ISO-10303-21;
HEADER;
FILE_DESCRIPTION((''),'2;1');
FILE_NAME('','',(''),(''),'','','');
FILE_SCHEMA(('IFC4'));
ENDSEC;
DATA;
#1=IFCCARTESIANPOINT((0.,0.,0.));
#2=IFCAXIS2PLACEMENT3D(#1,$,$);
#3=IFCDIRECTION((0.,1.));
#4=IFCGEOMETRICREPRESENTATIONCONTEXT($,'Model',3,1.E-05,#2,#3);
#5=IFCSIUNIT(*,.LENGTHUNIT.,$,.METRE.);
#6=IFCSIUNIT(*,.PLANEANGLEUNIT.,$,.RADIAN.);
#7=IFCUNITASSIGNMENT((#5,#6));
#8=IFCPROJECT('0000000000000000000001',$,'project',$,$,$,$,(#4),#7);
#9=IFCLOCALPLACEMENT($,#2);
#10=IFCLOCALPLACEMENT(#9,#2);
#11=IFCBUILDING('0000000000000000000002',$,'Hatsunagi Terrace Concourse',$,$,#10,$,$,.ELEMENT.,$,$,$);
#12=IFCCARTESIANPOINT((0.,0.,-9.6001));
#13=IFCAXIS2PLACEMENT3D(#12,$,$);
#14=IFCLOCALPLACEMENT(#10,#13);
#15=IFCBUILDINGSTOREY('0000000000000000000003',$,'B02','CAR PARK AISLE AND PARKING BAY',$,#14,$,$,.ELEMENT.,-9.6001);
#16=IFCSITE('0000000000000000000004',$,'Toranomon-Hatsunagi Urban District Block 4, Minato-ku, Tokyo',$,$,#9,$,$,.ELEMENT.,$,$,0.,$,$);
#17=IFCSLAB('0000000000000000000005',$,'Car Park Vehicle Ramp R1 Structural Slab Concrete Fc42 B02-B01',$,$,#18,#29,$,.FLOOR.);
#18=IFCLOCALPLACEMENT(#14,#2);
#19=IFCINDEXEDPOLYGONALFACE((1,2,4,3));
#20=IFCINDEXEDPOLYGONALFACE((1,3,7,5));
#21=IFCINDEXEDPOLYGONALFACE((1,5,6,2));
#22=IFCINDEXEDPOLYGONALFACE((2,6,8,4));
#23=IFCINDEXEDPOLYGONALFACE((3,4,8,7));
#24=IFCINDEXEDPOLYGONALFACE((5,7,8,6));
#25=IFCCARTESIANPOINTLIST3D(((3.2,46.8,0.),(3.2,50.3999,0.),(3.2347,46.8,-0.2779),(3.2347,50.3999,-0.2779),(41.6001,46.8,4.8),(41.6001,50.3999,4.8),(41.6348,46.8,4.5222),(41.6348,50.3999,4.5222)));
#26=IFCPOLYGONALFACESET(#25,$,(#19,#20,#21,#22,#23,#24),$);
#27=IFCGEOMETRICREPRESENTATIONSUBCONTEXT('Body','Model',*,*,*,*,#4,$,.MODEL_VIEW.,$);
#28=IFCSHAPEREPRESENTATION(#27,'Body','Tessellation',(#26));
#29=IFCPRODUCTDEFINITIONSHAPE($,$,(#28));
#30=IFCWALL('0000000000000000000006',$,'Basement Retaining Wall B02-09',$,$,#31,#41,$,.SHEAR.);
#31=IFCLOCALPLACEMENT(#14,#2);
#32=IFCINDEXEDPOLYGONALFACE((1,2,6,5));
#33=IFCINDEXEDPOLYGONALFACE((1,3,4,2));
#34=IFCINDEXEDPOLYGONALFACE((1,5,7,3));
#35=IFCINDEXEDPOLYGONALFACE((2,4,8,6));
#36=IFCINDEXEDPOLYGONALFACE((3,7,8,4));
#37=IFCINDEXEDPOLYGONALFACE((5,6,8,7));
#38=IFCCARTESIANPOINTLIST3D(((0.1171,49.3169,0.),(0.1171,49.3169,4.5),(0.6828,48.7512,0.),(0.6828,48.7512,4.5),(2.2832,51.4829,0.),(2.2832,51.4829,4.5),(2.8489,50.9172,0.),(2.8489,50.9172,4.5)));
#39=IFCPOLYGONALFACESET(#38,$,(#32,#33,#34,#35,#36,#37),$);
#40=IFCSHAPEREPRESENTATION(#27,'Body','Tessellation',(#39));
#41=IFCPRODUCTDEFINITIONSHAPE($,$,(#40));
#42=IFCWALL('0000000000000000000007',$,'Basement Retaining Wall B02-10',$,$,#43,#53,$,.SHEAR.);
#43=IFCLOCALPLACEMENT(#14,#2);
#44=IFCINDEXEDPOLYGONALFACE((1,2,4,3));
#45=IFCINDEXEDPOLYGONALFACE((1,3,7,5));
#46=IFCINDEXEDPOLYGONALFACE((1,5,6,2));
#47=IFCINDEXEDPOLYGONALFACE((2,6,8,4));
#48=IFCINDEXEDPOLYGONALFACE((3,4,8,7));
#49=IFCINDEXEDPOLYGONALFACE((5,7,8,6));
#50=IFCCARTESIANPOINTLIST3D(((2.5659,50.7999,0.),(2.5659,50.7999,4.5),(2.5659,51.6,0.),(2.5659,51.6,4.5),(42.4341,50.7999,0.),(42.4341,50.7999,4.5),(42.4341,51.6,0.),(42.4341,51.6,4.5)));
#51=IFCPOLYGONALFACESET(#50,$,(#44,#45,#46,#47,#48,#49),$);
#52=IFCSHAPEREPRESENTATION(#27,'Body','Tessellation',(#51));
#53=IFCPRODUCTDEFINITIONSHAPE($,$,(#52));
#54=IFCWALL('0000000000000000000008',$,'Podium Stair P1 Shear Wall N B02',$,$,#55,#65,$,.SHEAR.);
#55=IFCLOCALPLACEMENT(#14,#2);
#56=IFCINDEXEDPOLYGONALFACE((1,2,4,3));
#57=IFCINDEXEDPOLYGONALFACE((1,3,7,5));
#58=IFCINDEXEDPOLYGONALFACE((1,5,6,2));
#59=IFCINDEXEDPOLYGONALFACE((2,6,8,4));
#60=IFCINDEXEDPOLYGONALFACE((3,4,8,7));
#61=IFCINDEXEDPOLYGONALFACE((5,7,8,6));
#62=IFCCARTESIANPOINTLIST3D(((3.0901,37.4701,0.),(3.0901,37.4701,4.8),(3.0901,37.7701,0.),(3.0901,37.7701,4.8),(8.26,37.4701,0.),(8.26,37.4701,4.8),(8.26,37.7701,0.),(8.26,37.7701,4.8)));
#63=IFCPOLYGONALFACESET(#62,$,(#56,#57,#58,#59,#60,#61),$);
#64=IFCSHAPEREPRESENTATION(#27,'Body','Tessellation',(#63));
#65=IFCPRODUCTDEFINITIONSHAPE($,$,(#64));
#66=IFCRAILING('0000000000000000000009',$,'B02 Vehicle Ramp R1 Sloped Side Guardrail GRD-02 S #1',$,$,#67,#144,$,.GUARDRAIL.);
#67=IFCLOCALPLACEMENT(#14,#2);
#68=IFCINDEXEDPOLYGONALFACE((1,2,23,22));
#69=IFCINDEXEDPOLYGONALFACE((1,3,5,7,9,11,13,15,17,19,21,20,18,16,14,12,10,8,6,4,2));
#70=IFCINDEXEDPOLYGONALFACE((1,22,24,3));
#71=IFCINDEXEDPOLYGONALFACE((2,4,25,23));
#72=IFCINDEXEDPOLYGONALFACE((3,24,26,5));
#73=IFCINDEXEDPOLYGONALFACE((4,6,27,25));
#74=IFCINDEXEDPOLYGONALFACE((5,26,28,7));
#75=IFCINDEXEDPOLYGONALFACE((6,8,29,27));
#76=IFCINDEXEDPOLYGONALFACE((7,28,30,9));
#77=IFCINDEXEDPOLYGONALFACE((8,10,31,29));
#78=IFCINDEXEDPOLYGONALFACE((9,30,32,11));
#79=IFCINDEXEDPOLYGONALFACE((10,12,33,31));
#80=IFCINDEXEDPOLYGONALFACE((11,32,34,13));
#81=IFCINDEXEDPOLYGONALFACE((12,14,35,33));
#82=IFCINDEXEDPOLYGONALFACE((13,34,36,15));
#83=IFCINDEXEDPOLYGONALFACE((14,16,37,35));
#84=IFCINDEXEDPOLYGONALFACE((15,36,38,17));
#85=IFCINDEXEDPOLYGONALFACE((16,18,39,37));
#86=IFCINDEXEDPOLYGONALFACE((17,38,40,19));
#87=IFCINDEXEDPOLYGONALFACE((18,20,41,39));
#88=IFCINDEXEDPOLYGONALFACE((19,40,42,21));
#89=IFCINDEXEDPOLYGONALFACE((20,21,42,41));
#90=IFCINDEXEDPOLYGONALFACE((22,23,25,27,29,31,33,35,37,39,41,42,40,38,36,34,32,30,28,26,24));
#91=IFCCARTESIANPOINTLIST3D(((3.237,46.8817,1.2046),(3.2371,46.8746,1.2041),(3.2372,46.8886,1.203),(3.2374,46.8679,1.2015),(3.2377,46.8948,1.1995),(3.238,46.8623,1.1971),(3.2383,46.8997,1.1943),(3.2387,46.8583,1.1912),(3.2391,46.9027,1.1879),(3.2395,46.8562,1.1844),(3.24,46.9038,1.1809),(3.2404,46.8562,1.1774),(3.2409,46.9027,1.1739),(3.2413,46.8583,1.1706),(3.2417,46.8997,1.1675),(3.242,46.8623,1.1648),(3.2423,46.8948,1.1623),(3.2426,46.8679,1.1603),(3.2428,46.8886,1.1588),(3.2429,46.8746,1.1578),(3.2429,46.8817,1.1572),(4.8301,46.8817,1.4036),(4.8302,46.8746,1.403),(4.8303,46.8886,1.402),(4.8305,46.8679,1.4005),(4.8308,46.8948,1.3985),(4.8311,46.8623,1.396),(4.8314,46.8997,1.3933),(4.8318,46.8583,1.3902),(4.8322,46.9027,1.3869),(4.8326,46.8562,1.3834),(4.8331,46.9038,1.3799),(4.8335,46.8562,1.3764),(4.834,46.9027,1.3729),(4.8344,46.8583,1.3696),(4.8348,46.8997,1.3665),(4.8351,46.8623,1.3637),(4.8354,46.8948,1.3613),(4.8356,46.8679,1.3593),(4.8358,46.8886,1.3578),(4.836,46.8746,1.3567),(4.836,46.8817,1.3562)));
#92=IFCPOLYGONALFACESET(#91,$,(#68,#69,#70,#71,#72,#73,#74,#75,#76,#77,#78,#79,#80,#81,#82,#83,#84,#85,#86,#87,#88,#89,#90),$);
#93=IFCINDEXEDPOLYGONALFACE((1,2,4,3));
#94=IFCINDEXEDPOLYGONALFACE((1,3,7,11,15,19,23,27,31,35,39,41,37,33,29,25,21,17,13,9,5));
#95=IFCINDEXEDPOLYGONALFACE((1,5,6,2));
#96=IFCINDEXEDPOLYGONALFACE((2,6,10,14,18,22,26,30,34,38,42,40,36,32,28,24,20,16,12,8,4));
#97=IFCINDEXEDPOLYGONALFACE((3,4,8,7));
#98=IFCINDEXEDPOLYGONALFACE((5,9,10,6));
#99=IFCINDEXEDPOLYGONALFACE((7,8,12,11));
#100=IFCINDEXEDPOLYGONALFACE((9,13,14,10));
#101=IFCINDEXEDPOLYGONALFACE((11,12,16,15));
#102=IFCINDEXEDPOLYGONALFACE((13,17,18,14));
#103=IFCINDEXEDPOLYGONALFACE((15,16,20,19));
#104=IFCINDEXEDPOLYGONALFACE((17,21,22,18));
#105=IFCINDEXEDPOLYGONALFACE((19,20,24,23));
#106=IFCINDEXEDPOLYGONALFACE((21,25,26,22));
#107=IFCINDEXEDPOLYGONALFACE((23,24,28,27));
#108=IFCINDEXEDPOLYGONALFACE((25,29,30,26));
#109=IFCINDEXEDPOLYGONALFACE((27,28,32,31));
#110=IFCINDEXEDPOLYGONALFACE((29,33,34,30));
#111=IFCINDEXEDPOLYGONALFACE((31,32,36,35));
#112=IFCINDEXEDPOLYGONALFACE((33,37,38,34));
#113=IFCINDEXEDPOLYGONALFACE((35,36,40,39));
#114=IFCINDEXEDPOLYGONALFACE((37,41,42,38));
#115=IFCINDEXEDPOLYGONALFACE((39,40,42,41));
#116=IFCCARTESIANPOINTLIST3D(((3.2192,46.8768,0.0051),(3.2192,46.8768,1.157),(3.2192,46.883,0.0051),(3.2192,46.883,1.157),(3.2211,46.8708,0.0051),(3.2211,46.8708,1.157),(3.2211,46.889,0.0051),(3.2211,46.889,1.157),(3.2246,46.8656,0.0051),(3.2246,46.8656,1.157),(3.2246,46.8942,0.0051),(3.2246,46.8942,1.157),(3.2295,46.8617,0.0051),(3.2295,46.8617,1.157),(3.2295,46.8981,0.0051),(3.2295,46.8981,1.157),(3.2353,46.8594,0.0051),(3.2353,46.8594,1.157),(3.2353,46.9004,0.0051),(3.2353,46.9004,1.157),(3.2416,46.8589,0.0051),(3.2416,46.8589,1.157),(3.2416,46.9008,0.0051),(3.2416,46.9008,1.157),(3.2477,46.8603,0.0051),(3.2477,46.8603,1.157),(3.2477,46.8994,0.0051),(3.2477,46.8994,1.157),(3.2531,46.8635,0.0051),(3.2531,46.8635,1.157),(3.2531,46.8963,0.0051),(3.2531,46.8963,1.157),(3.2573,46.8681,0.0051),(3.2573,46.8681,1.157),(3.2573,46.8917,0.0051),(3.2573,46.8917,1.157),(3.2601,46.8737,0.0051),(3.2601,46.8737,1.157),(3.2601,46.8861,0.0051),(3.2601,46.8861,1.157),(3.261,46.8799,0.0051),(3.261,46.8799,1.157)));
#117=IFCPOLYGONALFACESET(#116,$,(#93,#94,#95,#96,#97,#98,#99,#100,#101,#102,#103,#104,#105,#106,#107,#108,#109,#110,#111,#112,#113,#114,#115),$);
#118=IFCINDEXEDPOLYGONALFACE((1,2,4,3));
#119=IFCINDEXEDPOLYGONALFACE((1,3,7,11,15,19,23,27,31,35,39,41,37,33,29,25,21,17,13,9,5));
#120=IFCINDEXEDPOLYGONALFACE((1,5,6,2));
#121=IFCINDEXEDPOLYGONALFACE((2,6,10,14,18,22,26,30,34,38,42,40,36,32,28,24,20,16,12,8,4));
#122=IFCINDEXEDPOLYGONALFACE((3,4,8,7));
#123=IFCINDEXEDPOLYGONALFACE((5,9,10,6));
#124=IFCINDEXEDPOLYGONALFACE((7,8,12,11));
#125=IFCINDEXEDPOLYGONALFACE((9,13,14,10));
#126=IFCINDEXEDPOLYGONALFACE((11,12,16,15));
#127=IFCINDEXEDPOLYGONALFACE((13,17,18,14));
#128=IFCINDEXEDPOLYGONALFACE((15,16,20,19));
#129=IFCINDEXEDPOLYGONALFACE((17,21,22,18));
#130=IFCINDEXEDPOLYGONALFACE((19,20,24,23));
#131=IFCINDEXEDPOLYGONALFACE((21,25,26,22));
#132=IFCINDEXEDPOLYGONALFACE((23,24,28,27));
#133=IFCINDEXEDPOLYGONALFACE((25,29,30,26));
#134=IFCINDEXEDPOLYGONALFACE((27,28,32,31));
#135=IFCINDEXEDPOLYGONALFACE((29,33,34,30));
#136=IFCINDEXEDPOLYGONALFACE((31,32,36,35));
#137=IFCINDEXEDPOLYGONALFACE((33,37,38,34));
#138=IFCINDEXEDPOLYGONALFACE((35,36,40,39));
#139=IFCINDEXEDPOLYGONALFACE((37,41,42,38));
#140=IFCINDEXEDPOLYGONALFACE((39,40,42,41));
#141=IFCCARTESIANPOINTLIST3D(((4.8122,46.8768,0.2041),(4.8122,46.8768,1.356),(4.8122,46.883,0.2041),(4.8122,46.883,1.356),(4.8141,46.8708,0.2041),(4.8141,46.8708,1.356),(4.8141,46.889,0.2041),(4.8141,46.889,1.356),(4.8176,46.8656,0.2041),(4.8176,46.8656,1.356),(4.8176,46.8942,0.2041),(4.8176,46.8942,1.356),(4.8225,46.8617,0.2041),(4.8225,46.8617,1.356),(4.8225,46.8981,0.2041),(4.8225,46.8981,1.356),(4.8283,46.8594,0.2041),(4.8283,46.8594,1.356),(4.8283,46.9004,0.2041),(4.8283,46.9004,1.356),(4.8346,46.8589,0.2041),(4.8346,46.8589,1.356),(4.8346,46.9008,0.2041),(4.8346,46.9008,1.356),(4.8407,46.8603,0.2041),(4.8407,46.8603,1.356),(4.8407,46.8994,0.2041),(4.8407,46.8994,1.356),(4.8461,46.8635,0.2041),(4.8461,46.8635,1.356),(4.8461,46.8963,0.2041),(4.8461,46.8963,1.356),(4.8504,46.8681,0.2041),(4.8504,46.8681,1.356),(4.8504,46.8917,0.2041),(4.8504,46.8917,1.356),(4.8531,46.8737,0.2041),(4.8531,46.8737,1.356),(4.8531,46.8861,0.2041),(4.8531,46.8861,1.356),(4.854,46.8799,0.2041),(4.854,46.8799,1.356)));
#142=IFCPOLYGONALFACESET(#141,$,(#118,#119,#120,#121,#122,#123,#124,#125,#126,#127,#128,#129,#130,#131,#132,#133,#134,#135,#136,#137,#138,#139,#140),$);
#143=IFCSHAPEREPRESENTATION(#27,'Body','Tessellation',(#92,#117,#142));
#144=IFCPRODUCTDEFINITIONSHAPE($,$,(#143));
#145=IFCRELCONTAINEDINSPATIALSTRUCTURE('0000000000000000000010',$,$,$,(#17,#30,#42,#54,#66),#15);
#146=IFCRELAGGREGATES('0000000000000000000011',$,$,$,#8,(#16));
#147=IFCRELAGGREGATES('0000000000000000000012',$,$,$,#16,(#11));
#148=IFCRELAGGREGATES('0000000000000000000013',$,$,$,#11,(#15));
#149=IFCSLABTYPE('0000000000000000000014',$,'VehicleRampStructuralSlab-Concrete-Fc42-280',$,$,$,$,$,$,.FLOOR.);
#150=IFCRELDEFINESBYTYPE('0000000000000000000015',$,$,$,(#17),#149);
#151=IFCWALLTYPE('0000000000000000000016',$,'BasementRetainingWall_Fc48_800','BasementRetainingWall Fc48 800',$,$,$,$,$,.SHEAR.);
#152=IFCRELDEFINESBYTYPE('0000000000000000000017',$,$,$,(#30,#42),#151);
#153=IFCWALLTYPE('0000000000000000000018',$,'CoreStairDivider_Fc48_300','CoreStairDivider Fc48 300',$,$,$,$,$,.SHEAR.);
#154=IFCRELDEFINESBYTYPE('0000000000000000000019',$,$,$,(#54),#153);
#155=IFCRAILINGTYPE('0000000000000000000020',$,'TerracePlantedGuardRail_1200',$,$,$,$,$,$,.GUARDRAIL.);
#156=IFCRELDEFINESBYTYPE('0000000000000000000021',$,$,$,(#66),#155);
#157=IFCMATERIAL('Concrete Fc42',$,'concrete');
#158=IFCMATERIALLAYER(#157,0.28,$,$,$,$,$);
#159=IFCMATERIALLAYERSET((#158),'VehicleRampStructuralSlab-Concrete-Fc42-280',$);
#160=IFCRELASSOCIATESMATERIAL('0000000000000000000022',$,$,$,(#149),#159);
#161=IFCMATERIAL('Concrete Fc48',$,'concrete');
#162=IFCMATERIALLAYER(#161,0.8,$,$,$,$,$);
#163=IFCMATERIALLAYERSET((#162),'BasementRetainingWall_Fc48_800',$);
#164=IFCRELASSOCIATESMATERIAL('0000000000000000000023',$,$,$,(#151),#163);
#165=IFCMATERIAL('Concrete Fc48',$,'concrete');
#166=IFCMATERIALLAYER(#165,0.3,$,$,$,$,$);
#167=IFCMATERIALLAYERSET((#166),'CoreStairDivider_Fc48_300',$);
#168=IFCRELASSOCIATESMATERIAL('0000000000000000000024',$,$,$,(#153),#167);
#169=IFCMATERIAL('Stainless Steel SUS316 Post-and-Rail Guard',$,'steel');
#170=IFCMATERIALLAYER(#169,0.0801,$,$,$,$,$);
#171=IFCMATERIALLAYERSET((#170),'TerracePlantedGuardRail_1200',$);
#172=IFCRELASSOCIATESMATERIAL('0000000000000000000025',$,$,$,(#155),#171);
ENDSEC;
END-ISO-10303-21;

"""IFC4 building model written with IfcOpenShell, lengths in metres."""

from ifc_helpers import new_model, si_unit, direction, frame, frame_2d, origin, origin_2d, place, context, subcontext, project, spatial, polyline, rectangle, circle, outline, extrude, material, layer, layer_set, type_object, element, save


model = new_model("IFC4")

# Units and contexts
model_context = context("Model", 3, precision=1e-05, world=origin(), true_north=direction((0.0, 1.0)))
body_context = subcontext(model_context, "Body", "Model", "MODEL_VIEW")
ifc_project = project(units=[si_unit("LENGTHUNIT", "METRE"), si_unit("PLANEANGLEUNIT", "RADIAN")], contexts=[model_context])

# Site, building, storey
site_placement = place(None, origin())
site = spatial("IfcSite", under=ifc_project, at=site_placement, Name="Toranomon-Hatsunagi Urban District Block 4, Minato-ku, Tokyo", CompositionType="ELEMENT", RefElevation=0.0)
building_placement = place(site_placement, origin())
building = spatial("IfcBuilding", under=site, at=building_placement, Name="Hatsunagi Terrace Concourse", CompositionType="ELEMENT")
storey_placement = place(building_placement, frame((0.0, 0.0, -9.6001)))
storey = spatial("IfcBuildingStorey", under=building, at=storey_placement, Name="B02", Description="CAR PARK AISLE AND PARKING BAY", CompositionType="ELEMENT", Elevation=-9.6001)

# Slab
ifc_material_1 = material(Name="Concrete Fc42", Category="concrete")
ifc_layer_1 = layer(ifc_material_1, 0.28)
ifc_layer_set_1 = layer_set([ifc_layer_1], Name="VehicleRampStructuralSlab-Concrete-Fc42-280")
slab_type = type_object("IfcSlabType", Name="VehicleRampStructuralSlab-Concrete-Fc42-280", PredefinedType="FLOOR", material=ifc_layer_set_1)
slab_placement = place(storey_placement, frame((3.2, 46.8, 0.0), z_axis=(-0.124036, 0.0, 0.992278), x_axis=(0.992278, 0.0, 0.124036)))
element("IfcSlab", 1, at=slab_placement, inside=storey, type_object=slab_type, Name="Car Park Vehicle Ramp R1 Structural Slab Concrete Fc42 B02-B01", PredefinedType="FLOOR", context=body_context, shape_type="SweptSolid", body=[
    extrude(outline(polyline([(0.0, 0.0), (38.699, 0.0), (38.699, 3.5999), (0.0, 3.5999), (0.0, 0.0)])), origin(), (0.0, 0.0, -1.0), 0.28),
])

# Walls
ifc_material_2 = material(Name="Concrete Fc48", Category="concrete")
ifc_layer_2 = layer(ifc_material_2, 0.8)
ifc_layer_set_2 = layer_set([ifc_layer_2], Name="BasementRetainingWall_Fc48_800")
wall_type_1 = type_object("IfcWallType", Name="BasementRetainingWall_Fc48_800", Description="BasementRetainingWall Fc48 800", PredefinedType="SHEAR", material=ifc_layer_set_2)
wall_1_placement = place(storey_placement, frame((0.3999, 49.0339, 0.0), z_axis=(0.0, 0.0, 1.0), x_axis=(0.707107, 0.707107, 0.0)))
element("IfcWall", 2, at=wall_1_placement, inside=storey, type_object=wall_type_1, Name="Basement Retaining Wall B02-09", PredefinedType="SHEAR", context=body_context, shape_type="SweptSolid", body=[
    extrude(rectangle(XDim=3.0632, YDim=0.8, at=frame_2d((1.5317, 0.0))), origin(), (0.0, 0.0, 1.0), 4.5),
])
wall_2_placement = place(storey_placement, frame((2.5659, 51.2, 0.0), z_axis=(0.0, 0.0, 1.0), x_axis=(1.0, 0.0, 0.0)))
element("IfcWall", 3, at=wall_2_placement, inside=storey, type_object=wall_type_1, Name="Basement Retaining Wall B02-10", PredefinedType="SHEAR", context=body_context, shape_type="SweptSolid", body=[
    extrude(rectangle(XDim=39.8682, YDim=0.8, at=frame_2d((19.9341, 0.0))), origin(), (0.0, 0.0, 1.0), 4.5),
])
ifc_material_3 = material(Name="Concrete Fc48", Category="concrete")
ifc_layer_3 = layer(ifc_material_3, 0.3)
ifc_layer_set_3 = layer_set([ifc_layer_3], Name="CoreStairDivider_Fc48_300")
wall_type_2 = type_object("IfcWallType", Name="CoreStairDivider_Fc48_300", Description="CoreStairDivider Fc48 300", PredefinedType="SHEAR", material=ifc_layer_set_3)
wall_3_placement = place(storey_placement, frame((3.0901, 37.6201, 0.0), z_axis=(0.0, 0.0, 1.0), x_axis=(1.0, 0.0, 0.0)))
element("IfcWall", 4, at=wall_3_placement, inside=storey, type_object=wall_type_2, Name="Podium Stair P1 Shear Wall N B02", PredefinedType="SHEAR", context=body_context, shape_type="SweptSolid", body=[
    extrude(rectangle(XDim=5.1699, YDim=0.3, at=frame_2d((2.585, 0.0))), origin(), (0.0, 0.0, 1.0), 4.8),
])

# Railing
ifc_material_4 = material(Name="Stainless Steel SUS316 Post-and-Rail Guard", Category="steel")
ifc_layer_4 = layer(ifc_material_4, 0.0801)
ifc_layer_set_4 = layer_set([ifc_layer_4], Name="TerracePlantedGuardRail_1200")
railing_type = type_object("IfcRailingType", Name="TerracePlantedGuardRail_1200", PredefinedType="GUARDRAIL", material=ifc_layer_set_4)
railing_1_placement = place(storey_placement, frame((3.24, 46.8799, 0.0051)))
element("IfcRailing", 5, at=railing_1_placement, inside=storey, type_object=railing_type, Name="B02 Vehicle Ramp R1 Sloped Side Guardrail GRD-02 S #1", PredefinedType="GUARDRAIL", context=body_context, shape_type="SweptSolid", body=[
    extrude(circle(Radius=0.0239, at=origin_2d()), frame((0.0, 0.0, 1.1758), z_axis=(0.99229, 0.0, 0.123941), x_axis=(0.0, 1.0, 0.0)), (0.0, 0.0, 1.0), 1.6055),
    extrude(circle(Radius=0.021, at=origin_2d()), origin(), (0.0, 0.0, 1.0), 1.1519),
    extrude(circle(Radius=0.021, at=origin_2d()), frame((1.593, 0.0, 0.199)), (0.0, 0.0, 1.0), 1.1519),
])

save(model, "model.ifc")
